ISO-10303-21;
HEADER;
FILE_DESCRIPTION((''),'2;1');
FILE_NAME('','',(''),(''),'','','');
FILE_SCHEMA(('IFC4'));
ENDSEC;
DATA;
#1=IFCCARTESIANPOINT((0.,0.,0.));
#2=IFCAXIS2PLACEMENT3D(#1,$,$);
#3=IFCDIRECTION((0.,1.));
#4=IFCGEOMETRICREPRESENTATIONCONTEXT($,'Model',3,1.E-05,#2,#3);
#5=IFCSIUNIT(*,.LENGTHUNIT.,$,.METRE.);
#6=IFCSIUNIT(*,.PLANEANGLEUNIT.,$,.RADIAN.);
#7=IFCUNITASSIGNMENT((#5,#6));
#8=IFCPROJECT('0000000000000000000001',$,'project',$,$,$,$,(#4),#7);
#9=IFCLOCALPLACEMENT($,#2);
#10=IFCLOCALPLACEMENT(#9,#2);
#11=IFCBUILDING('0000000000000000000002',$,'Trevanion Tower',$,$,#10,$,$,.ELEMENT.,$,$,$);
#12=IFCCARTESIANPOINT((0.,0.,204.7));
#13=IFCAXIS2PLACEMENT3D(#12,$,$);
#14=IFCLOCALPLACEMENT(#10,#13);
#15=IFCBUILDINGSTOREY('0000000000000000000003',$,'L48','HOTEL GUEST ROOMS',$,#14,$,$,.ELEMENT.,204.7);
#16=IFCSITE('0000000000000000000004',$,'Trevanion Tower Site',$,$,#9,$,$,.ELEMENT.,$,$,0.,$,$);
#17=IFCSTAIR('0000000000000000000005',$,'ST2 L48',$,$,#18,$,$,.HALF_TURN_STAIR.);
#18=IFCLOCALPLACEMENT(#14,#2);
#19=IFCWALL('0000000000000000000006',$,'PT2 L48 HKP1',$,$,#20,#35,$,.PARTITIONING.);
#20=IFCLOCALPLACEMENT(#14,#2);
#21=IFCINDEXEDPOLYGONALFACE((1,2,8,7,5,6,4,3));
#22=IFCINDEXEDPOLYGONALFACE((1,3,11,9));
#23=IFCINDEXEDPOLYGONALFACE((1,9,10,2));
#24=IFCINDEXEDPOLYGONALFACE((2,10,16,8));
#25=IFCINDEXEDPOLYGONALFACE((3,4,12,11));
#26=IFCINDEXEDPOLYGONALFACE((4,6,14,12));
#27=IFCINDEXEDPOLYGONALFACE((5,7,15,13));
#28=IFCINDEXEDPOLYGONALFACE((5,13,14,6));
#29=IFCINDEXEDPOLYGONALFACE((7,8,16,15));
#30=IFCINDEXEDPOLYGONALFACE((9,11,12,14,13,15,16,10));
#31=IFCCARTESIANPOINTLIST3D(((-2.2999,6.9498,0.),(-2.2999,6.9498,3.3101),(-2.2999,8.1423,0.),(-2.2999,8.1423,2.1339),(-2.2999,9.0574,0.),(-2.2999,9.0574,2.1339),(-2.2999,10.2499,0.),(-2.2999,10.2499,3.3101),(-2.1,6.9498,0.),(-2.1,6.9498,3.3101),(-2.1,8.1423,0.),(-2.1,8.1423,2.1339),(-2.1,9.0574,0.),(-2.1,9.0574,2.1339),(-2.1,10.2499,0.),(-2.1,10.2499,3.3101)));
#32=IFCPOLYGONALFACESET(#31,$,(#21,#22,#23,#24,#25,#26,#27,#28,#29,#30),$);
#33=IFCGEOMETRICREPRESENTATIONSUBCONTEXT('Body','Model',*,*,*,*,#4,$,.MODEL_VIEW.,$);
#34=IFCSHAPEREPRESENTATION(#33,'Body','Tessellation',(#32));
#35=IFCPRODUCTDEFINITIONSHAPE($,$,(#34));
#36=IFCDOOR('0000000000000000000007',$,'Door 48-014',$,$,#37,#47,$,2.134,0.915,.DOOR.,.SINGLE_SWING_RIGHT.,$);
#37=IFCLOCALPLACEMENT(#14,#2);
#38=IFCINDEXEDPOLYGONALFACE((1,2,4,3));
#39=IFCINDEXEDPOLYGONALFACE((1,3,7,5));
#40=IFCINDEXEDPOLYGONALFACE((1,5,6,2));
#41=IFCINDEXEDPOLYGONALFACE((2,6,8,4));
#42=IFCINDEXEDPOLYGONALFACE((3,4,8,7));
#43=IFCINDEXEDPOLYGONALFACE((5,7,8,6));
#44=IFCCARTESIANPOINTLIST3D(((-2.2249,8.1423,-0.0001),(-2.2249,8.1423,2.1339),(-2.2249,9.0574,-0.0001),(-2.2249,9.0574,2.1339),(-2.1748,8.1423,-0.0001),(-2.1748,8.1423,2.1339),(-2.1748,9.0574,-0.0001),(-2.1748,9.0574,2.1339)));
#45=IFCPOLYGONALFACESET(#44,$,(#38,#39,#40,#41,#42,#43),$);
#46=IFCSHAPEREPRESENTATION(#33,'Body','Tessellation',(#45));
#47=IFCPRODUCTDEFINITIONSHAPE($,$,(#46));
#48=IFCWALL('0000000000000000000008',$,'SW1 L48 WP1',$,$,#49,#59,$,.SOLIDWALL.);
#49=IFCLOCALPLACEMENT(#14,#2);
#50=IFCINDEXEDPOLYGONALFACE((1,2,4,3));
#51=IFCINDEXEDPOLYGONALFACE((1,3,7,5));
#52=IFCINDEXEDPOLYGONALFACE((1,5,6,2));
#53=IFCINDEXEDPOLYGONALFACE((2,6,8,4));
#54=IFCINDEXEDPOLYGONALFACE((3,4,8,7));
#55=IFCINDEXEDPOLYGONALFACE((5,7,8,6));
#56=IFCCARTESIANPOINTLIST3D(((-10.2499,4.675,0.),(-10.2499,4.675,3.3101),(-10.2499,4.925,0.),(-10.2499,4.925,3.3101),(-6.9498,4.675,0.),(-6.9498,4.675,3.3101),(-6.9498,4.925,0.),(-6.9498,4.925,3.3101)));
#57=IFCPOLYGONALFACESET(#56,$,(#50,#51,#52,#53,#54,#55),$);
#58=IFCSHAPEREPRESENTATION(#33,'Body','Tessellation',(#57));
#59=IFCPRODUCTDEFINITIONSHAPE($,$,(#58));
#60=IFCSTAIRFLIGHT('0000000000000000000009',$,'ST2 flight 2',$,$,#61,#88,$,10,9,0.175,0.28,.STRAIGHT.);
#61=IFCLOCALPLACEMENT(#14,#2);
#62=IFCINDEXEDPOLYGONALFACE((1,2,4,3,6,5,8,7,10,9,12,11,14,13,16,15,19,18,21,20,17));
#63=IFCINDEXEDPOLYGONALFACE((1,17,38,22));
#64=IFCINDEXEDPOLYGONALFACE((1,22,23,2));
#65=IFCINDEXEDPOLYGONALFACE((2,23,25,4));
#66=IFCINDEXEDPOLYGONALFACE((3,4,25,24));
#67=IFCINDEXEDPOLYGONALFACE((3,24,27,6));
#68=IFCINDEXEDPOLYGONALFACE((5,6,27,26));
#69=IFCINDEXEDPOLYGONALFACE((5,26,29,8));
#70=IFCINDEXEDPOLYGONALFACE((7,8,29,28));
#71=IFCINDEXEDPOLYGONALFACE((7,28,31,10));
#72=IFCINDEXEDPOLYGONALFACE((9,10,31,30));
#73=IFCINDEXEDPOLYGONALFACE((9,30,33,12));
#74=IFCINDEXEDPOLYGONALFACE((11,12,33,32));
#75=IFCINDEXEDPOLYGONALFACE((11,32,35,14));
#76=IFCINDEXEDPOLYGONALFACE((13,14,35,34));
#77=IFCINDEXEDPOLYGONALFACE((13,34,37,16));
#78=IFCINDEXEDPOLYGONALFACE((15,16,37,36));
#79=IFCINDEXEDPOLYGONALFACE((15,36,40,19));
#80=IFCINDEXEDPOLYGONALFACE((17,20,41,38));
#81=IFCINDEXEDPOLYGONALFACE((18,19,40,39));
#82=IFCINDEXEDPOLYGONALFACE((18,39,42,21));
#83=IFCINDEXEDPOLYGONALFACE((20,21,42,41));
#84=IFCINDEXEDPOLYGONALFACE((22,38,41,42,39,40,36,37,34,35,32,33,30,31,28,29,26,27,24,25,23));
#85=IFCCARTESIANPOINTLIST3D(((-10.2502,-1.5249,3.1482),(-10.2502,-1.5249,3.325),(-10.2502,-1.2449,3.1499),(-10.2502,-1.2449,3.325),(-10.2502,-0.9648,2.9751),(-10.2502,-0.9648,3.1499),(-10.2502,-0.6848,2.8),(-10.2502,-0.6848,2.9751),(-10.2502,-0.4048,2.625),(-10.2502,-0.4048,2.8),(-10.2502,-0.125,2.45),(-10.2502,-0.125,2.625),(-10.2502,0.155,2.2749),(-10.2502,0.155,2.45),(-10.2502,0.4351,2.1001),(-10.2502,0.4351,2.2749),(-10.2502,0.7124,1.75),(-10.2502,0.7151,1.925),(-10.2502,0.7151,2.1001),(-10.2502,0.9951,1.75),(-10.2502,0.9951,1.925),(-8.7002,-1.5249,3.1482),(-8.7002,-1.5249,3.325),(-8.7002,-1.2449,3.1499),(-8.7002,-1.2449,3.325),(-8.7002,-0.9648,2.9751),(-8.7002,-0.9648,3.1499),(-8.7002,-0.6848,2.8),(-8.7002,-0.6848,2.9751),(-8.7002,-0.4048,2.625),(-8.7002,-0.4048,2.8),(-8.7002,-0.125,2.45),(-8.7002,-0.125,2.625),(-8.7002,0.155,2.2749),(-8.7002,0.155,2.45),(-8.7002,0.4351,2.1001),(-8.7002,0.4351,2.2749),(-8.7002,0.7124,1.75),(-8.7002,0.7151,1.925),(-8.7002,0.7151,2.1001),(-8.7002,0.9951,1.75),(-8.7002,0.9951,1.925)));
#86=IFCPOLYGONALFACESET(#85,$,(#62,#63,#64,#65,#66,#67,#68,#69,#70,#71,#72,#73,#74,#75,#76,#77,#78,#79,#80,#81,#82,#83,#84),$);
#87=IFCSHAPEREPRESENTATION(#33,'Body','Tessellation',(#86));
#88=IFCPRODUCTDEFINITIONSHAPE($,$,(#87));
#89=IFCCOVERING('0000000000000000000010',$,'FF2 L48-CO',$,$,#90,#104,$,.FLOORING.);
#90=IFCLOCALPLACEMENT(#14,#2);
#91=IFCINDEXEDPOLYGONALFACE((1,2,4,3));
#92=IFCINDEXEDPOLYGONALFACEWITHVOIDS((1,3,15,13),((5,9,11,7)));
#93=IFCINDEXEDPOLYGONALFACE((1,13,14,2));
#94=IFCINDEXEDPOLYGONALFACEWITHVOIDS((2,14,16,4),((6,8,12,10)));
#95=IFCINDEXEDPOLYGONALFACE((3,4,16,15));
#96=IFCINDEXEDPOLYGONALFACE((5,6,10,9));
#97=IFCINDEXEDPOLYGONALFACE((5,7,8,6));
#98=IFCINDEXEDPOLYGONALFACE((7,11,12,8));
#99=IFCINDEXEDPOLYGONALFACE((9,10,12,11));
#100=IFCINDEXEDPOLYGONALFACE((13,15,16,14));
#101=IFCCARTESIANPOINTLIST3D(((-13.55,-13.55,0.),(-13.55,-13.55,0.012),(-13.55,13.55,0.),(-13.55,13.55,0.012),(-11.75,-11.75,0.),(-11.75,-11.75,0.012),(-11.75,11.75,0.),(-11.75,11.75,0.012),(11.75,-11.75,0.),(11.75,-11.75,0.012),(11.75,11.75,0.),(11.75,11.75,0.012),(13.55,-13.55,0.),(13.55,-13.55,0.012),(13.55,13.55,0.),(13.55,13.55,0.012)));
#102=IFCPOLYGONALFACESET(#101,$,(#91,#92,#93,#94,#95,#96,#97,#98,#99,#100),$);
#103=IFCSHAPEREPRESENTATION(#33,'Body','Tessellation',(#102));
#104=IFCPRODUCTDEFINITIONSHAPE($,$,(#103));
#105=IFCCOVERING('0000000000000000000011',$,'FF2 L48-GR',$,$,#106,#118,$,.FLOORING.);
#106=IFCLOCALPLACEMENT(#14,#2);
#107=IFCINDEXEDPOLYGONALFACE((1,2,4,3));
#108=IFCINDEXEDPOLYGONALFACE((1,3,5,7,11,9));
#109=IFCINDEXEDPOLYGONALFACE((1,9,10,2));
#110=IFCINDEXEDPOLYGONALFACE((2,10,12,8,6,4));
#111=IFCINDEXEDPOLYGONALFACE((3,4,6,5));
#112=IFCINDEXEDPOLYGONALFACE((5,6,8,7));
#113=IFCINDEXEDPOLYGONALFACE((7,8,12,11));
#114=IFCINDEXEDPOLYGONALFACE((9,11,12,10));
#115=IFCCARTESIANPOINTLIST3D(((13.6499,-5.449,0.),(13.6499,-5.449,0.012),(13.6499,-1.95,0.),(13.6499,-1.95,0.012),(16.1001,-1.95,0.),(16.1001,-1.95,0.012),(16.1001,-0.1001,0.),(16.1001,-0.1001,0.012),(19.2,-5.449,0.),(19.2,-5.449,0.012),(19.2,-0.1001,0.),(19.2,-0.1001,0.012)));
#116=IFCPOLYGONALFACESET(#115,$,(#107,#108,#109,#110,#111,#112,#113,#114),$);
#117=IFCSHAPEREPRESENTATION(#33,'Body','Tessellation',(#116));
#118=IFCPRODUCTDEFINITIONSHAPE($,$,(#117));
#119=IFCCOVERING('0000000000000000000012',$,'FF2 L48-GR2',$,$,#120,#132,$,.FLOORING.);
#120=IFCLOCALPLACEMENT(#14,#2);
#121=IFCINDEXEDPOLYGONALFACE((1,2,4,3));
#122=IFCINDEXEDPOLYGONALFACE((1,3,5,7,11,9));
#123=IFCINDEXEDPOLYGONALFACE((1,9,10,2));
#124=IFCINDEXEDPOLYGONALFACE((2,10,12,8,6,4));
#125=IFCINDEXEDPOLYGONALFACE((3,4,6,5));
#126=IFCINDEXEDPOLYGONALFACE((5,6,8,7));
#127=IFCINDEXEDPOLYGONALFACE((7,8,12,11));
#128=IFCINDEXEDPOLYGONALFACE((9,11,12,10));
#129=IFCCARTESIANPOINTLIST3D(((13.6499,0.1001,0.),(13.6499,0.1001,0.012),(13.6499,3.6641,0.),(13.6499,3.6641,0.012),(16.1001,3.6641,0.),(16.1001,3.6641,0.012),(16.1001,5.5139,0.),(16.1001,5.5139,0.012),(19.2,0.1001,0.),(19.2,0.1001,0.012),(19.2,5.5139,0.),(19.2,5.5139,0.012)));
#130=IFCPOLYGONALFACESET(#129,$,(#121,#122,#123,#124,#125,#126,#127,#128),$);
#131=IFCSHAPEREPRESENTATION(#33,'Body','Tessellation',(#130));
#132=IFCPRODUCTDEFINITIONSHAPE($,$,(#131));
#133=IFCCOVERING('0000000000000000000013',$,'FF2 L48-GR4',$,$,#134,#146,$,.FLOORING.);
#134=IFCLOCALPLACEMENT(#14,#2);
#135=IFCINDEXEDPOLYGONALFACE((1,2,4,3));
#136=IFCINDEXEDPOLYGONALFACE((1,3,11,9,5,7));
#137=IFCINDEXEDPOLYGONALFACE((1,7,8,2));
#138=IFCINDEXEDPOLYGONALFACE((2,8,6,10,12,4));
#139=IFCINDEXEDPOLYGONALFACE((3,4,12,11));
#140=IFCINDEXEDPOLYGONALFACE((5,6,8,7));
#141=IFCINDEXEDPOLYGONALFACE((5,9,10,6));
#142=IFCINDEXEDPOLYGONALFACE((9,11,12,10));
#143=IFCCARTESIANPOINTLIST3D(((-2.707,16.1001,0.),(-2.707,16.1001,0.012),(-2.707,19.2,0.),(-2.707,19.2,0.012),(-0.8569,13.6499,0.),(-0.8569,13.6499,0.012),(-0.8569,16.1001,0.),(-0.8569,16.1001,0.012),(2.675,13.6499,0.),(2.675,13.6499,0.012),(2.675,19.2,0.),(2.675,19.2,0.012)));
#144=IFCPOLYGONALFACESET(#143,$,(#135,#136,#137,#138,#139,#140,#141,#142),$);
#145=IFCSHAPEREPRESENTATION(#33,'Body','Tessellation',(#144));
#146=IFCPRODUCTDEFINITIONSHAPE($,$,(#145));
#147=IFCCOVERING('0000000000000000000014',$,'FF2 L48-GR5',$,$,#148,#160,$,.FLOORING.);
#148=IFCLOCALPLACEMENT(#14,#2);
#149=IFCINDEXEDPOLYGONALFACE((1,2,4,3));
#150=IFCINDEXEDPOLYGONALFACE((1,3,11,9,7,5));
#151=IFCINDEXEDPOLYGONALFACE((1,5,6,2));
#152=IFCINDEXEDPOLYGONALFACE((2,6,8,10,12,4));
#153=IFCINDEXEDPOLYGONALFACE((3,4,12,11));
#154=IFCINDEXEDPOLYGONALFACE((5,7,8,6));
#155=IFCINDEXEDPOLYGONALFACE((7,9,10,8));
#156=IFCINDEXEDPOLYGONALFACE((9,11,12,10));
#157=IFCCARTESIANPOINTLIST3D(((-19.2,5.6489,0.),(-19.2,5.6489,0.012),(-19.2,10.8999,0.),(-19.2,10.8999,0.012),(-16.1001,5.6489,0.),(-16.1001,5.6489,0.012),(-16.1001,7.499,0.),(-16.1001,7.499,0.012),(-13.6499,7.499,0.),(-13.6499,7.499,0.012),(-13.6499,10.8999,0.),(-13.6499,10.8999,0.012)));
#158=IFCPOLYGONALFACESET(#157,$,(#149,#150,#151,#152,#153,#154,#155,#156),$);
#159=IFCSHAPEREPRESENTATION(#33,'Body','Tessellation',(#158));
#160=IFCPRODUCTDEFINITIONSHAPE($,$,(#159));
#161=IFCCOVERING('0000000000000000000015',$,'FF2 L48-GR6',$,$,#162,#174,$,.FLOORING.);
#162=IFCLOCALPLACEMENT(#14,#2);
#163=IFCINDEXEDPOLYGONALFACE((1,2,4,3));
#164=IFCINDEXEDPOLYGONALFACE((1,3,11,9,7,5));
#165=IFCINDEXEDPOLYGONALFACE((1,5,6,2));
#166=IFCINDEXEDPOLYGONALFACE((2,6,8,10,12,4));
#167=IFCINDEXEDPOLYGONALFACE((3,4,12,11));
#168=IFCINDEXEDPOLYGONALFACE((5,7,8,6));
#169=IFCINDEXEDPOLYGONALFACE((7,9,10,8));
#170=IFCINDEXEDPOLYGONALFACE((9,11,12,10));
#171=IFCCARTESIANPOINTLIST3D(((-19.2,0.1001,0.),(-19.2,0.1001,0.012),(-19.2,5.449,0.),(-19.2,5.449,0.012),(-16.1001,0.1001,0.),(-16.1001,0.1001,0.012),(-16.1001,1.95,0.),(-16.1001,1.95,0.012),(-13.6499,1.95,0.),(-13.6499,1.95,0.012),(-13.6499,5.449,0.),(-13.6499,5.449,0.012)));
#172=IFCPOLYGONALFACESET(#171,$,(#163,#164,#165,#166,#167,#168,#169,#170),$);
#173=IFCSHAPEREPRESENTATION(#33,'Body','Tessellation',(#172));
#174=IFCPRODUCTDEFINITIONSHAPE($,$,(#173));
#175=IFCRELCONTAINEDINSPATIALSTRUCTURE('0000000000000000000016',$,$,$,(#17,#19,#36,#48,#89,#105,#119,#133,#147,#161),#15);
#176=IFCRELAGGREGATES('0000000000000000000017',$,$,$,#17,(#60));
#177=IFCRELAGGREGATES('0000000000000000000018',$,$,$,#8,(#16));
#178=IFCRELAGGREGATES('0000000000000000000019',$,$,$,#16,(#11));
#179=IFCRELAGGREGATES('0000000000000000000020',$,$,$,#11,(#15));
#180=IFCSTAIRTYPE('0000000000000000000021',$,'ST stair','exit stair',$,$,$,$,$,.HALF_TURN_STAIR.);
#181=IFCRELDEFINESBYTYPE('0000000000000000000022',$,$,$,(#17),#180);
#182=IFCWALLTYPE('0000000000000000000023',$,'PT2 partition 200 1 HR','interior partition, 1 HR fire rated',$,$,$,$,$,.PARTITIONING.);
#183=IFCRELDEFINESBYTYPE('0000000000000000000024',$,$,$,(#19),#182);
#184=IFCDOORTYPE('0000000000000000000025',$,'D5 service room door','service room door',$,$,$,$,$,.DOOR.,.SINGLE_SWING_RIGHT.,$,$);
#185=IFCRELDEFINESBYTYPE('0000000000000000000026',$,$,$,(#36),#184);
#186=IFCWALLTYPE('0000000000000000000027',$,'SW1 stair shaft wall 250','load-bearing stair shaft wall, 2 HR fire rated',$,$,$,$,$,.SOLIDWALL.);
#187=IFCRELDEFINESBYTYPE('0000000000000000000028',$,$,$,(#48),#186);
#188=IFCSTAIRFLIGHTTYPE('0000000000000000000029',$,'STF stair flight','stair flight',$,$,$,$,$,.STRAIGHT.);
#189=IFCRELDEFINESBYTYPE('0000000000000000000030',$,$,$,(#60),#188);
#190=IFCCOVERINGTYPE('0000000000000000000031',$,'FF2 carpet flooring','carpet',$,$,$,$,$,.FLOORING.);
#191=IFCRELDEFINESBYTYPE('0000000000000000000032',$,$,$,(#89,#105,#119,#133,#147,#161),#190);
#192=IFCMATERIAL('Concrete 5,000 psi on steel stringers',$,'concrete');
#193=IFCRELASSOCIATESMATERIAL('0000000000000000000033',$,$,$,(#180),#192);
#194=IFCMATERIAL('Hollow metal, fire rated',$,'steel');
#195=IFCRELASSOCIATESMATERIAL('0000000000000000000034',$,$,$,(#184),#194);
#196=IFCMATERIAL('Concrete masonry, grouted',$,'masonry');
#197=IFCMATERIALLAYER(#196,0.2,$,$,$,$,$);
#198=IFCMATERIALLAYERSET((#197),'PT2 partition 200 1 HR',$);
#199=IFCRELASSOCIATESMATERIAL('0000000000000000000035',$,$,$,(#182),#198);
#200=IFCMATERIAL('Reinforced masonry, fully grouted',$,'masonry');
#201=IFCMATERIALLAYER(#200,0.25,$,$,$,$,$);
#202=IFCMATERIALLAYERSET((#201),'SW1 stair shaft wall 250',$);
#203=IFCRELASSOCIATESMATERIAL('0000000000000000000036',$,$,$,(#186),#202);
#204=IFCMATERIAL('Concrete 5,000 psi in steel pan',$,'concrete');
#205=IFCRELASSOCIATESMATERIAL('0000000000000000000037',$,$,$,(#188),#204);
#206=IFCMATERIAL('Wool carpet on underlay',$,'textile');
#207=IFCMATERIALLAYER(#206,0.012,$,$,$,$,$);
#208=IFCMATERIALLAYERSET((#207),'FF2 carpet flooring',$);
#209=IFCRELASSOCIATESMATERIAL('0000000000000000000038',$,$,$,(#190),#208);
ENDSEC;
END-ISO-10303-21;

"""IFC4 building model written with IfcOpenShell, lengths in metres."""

from ifc_helpers import new_model, si_unit, direction, frame, frame_2d, origin, place, context, subcontext, project, spatial, polyline, rectangle, outline, extrude, material, layer, layer_set, type_object, element, fill, aggregate, save


model = new_model("IFC4")

# Units and contexts
model_context = context("Model", 3, precision=1e-05, world=origin(), true_north=direction((0.0, 1.0)))
body_context = subcontext(model_context, "Body", "Model", "MODEL_VIEW")
ifc_project = project(units=[si_unit("LENGTHUNIT", "METRE"), si_unit("PLANEANGLEUNIT", "RADIAN")], contexts=[model_context])

# Site, building, storey
site_placement = place(None, origin())
site = spatial("IfcSite", under=ifc_project, at=site_placement, Name="Trevanion Tower Site", CompositionType="ELEMENT", RefElevation=0.0)
building_placement = place(site_placement, origin())
building = spatial("IfcBuilding", under=site, at=building_placement, Name="Trevanion Tower", CompositionType="ELEMENT")
storey_placement = place(building_placement, frame((0.0, 0.0, 204.7)))
storey = spatial("IfcBuildingStorey", under=building, at=storey_placement, Name="L48", Description="HOTEL GUEST ROOMS", CompositionType="ELEMENT", Elevation=204.7)

# Stair
ifc_material_1 = material(Name="Concrete 5,000 psi on steel stringers", Category="concrete")
stair_type = type_object("IfcStairType", Name="ST stair", Description="exit stair", PredefinedType="HALF_TURN_STAIR", material=ifc_material_1)
stair_1_placement = place(storey_placement, origin())
stair_1 = element("IfcStair", 1, at=stair_1_placement, inside=storey, type_object=stair_type, Name="ST2 L48", PredefinedType="HALF_TURN_STAIR")

# Shared definitions
ifc_material_2 = material(Name="Hollow metal, fire rated", Category="steel")
door_type_1 = type_object("IfcDoorType", Name="D5 service room door", Description="service room door", OperationType="SINGLE_SWING_RIGHT", PredefinedType="DOOR", material=ifc_material_2)

# Shared definitions
ifc_material_3 = material(Name="Concrete masonry, grouted", Category="masonry")
ifc_layer_1 = layer(ifc_material_3, 0.2)
ifc_layer_set_1 = layer_set([ifc_layer_1], Name="PT2 partition 200 1 HR")
wall_type_1 = type_object("IfcWallType", Name="PT2 partition 200 1 HR", Description="interior partition, 1 HR fire rated", PredefinedType="PARTITIONING", material=ifc_layer_set_1)

# Wall, opening, door
wall_1_placement = place(storey_placement, frame((-2.2, 6.95, 0.0), z_axis=(0.0, 0.0, 1.0), x_axis=(0.0, 1.0, 0.0)))
wall_1 = element("IfcWall", 2, at=wall_1_placement, inside=storey, type_object=wall_type_1, Name="PT2 L48 HKP1", PredefinedType="PARTITIONING", context=body_context, shape_type="SweptSolid", body=[
    extrude(rectangle(XDim=3.3, YDim=0.2, at=frame_2d((1.6499, 0.0))), origin(), (0.0, 0.0, 1.0), 3.3101),
])
opening_1_placement = place(wall_1_placement, frame((1.1924, 0.0, 0.0)))
opening_1 = element("IfcOpeningElement", 3, at=opening_1_placement, cuts=wall_1, PredefinedType="OPENING", context=body_context, shape_type="SweptSolid", body=[
    extrude(rectangle(XDim=0.915, YDim=2.134, at=frame_2d((0.4575, 1.0669))), frame((0.0, 0.1099, 0.0), z_axis=(0.0, -1.0, 0.0), x_axis=(1.0, 0.0, 0.0)), (0.0, 0.0, 1.0), 0.22),
])
door_1_placement = place(opening_1_placement, origin())
door_1 = element("IfcDoor", 4, at=door_1_placement, inside=storey, type_object=door_type_1, Name="Door 48-014", OperationType="SINGLE_SWING_RIGHT", OverallHeight=2.134, OverallWidth=0.915, PredefinedType="DOOR", context=body_context, shape_type="SweptSolid", body=[
    extrude(rectangle(XDim=0.915, YDim=2.134, at=frame_2d((0.4575, 1.0669))), frame((0.0, 0.0249, 0.0), z_axis=(0.0, -1.0, 0.0), x_axis=(1.0, 0.0, 0.0)), (0.0, 0.0, 1.0), 0.05),
])
fill(opening_1, door_1)

# Wall
ifc_material_4 = material(Name="Reinforced masonry, fully grouted", Category="masonry")
ifc_layer_2 = layer(ifc_material_4, 0.25)
ifc_layer_set_2 = layer_set([ifc_layer_2], Name="SW1 stair shaft wall 250")
wall_type_2 = type_object("IfcWallType", Name="SW1 stair shaft wall 250", Description="load-bearing stair shaft wall, 2 HR fire rated", PredefinedType="SOLIDWALL", material=ifc_layer_set_2)
wall_2_placement = place(storey_placement, frame((-6.95, 4.8, 0.0), z_axis=(0.0, 0.0, 1.0), x_axis=(-1.0, 0.0, 0.0)))
element("IfcWall", 5, at=wall_2_placement, inside=storey, type_object=wall_type_2, Name="SW1 L48 WP1", PredefinedType="SOLIDWALL", context=body_context, shape_type="SweptSolid", body=[
    extrude(rectangle(XDim=3.3, YDim=0.25, at=frame_2d((1.6499, 0.0))), origin(), (0.0, 0.0, 1.0), 3.3101),
])

# Stair flight
ifc_material_5 = material(Name="Concrete 5,000 psi in steel pan", Category="concrete")
stair_flight_type = type_object("IfcStairFlightType", Name="STF stair flight", Description="stair flight", PredefinedType="STRAIGHT", material=ifc_material_5)
stair_flight_placement = place(storey_placement, frame((-9.4751, 0.9951, 1.75), z_axis=(0.0, 0.0, 1.0), x_axis=(0.0, -1.0, 0.0)))
stair_flight = element("IfcStairFlight", 6, at=stair_flight_placement, type_object=stair_flight_type, Name="ST2 flight 2", NumberOfRisers=10, NumberOfTreads=9, PredefinedType="STRAIGHT", RiserHeight=0.175, TreadLength=0.28, context=body_context, shape_type="SweptSolid", body=[
    extrude(outline(polyline([(0.0, 0.0), (0.0, 0.175), (0.28, 0.175), (0.28, 0.3501), (0.5601, 0.3501), (0.5601, 0.5249), (0.8401, 0.5249), (0.8401, 0.7), (1.1201, 0.7), (1.1201, 0.875), (1.3999, 0.875), (1.3999, 1.05), (1.6799, 1.05), (1.6799, 1.2251), (1.96, 1.2251), (1.96, 1.3999), (2.24, 1.3999), (2.24, 1.575), (2.52, 1.575), (2.52, 1.75), (2.52, 1.3982), (0.2827, 0.0), (0.0, 0.0)])), frame((0.0, 0.7749, 0.0), z_axis=(0.0, -1.0, 0.0), x_axis=(1.0, 0.0, 0.0)), (0.0, 0.0, 1.0), 1.55),
])
aggregate(stair_1, [stair_flight])

# Coverings
ifc_material_6 = material(Name="Wool carpet on underlay", Category="textile")
ifc_layer_3 = layer(ifc_material_6, 0.012)
ifc_layer_set_3 = layer_set([ifc_layer_3], Name="FF2 carpet flooring")
covering_type = type_object("IfcCoveringType", Name="FF2 carpet flooring", Description="carpet", PredefinedType="FLOORING", material=ifc_layer_set_3)
covering_1_placement = place(storey_placement, origin())
element("IfcCovering", 7, at=covering_1_placement, inside=storey, type_object=covering_type, Name="FF2 L48-CO", PredefinedType="FLOORING", context=body_context, shape_type="SweptSolid", body=[
    extrude(outline(polyline([(-13.55, -13.55), (-13.55, 13.55), (13.55, 13.55), (13.55, -13.55), (-13.55, -13.55)]), holes=[polyline([(11.75, 11.75), (-11.75, 11.75), (-11.75, -11.75), (11.75, -11.75), (11.75, 11.75)])]), origin(), (0.0, 0.0, 1.0), 0.012),
])
covering_2_placement = place(storey_placement, origin())
element("IfcCovering", 8, at=covering_2_placement, inside=storey, type_object=covering_type, Name="FF2 L48-GR", PredefinedType="FLOORING", context=body_context, shape_type="SweptSolid", body=[
    extrude(outline(polyline([(13.6499, -1.95), (16.1001, -1.95), (16.1001, -0.1001), (19.2, -0.1001), (19.2, -5.449), (13.6499, -5.449), (13.6499, -1.95)])), origin(), (0.0, 0.0, 1.0), 0.012),
])
covering_3_placement = place(storey_placement, origin())
element("IfcCovering", 9, at=covering_3_placement, inside=storey, type_object=covering_type, Name="FF2 L48-GR2", PredefinedType="FLOORING", context=body_context, shape_type="SweptSolid", body=[
    extrude(outline(polyline([(13.6499, 3.6641), (16.1001, 3.6641), (16.1001, 5.5139), (19.2, 5.5139), (19.2, 0.1001), (13.6499, 0.1001), (13.6499, 3.6641)])), origin(), (0.0, 0.0, 1.0), 0.012),
])
covering_4_placement = place(storey_placement, origin())
element("IfcCovering", 10, at=covering_4_placement, inside=storey, type_object=covering_type, Name="FF2 L48-GR4", PredefinedType="FLOORING", context=body_context, shape_type="SweptSolid", body=[
    extrude(outline(polyline([(-0.8569, 13.6499), (-0.8569, 16.1001), (-2.707, 16.1001), (-2.707, 19.2), (2.675, 19.2), (2.675, 13.6499), (-0.8569, 13.6499)])), origin(), (0.0, 0.0, 1.0), 0.012),
])
covering_5_placement = place(storey_placement, origin())
element("IfcCovering", 11, at=covering_5_placement, inside=storey, type_object=covering_type, Name="FF2 L48-GR5", PredefinedType="FLOORING", context=body_context, shape_type="SweptSolid", body=[
    extrude(outline(polyline([(-13.6499, 7.499), (-16.1001, 7.499), (-16.1001, 5.6489), (-19.2, 5.6489), (-19.2, 10.8999), (-13.6499, 10.8999), (-13.6499, 7.499)])), origin(), (0.0, 0.0, 1.0), 0.012),
])
covering_6_placement = place(storey_placement, origin())
element("IfcCovering", 12, at=covering_6_placement, inside=storey, type_object=covering_type, Name="FF2 L48-GR6", PredefinedType="FLOORING", context=body_context, shape_type="SweptSolid", body=[
    extrude(outline(polyline([(-13.6499, 1.95), (-16.1001, 1.95), (-16.1001, 0.1001), (-19.2, 0.1001), (-19.2, 5.449), (-13.6499, 5.449), (-13.6499, 1.95)])), origin(), (0.0, 0.0, 1.0), 0.012),
])

save(model, "model.ifc")
